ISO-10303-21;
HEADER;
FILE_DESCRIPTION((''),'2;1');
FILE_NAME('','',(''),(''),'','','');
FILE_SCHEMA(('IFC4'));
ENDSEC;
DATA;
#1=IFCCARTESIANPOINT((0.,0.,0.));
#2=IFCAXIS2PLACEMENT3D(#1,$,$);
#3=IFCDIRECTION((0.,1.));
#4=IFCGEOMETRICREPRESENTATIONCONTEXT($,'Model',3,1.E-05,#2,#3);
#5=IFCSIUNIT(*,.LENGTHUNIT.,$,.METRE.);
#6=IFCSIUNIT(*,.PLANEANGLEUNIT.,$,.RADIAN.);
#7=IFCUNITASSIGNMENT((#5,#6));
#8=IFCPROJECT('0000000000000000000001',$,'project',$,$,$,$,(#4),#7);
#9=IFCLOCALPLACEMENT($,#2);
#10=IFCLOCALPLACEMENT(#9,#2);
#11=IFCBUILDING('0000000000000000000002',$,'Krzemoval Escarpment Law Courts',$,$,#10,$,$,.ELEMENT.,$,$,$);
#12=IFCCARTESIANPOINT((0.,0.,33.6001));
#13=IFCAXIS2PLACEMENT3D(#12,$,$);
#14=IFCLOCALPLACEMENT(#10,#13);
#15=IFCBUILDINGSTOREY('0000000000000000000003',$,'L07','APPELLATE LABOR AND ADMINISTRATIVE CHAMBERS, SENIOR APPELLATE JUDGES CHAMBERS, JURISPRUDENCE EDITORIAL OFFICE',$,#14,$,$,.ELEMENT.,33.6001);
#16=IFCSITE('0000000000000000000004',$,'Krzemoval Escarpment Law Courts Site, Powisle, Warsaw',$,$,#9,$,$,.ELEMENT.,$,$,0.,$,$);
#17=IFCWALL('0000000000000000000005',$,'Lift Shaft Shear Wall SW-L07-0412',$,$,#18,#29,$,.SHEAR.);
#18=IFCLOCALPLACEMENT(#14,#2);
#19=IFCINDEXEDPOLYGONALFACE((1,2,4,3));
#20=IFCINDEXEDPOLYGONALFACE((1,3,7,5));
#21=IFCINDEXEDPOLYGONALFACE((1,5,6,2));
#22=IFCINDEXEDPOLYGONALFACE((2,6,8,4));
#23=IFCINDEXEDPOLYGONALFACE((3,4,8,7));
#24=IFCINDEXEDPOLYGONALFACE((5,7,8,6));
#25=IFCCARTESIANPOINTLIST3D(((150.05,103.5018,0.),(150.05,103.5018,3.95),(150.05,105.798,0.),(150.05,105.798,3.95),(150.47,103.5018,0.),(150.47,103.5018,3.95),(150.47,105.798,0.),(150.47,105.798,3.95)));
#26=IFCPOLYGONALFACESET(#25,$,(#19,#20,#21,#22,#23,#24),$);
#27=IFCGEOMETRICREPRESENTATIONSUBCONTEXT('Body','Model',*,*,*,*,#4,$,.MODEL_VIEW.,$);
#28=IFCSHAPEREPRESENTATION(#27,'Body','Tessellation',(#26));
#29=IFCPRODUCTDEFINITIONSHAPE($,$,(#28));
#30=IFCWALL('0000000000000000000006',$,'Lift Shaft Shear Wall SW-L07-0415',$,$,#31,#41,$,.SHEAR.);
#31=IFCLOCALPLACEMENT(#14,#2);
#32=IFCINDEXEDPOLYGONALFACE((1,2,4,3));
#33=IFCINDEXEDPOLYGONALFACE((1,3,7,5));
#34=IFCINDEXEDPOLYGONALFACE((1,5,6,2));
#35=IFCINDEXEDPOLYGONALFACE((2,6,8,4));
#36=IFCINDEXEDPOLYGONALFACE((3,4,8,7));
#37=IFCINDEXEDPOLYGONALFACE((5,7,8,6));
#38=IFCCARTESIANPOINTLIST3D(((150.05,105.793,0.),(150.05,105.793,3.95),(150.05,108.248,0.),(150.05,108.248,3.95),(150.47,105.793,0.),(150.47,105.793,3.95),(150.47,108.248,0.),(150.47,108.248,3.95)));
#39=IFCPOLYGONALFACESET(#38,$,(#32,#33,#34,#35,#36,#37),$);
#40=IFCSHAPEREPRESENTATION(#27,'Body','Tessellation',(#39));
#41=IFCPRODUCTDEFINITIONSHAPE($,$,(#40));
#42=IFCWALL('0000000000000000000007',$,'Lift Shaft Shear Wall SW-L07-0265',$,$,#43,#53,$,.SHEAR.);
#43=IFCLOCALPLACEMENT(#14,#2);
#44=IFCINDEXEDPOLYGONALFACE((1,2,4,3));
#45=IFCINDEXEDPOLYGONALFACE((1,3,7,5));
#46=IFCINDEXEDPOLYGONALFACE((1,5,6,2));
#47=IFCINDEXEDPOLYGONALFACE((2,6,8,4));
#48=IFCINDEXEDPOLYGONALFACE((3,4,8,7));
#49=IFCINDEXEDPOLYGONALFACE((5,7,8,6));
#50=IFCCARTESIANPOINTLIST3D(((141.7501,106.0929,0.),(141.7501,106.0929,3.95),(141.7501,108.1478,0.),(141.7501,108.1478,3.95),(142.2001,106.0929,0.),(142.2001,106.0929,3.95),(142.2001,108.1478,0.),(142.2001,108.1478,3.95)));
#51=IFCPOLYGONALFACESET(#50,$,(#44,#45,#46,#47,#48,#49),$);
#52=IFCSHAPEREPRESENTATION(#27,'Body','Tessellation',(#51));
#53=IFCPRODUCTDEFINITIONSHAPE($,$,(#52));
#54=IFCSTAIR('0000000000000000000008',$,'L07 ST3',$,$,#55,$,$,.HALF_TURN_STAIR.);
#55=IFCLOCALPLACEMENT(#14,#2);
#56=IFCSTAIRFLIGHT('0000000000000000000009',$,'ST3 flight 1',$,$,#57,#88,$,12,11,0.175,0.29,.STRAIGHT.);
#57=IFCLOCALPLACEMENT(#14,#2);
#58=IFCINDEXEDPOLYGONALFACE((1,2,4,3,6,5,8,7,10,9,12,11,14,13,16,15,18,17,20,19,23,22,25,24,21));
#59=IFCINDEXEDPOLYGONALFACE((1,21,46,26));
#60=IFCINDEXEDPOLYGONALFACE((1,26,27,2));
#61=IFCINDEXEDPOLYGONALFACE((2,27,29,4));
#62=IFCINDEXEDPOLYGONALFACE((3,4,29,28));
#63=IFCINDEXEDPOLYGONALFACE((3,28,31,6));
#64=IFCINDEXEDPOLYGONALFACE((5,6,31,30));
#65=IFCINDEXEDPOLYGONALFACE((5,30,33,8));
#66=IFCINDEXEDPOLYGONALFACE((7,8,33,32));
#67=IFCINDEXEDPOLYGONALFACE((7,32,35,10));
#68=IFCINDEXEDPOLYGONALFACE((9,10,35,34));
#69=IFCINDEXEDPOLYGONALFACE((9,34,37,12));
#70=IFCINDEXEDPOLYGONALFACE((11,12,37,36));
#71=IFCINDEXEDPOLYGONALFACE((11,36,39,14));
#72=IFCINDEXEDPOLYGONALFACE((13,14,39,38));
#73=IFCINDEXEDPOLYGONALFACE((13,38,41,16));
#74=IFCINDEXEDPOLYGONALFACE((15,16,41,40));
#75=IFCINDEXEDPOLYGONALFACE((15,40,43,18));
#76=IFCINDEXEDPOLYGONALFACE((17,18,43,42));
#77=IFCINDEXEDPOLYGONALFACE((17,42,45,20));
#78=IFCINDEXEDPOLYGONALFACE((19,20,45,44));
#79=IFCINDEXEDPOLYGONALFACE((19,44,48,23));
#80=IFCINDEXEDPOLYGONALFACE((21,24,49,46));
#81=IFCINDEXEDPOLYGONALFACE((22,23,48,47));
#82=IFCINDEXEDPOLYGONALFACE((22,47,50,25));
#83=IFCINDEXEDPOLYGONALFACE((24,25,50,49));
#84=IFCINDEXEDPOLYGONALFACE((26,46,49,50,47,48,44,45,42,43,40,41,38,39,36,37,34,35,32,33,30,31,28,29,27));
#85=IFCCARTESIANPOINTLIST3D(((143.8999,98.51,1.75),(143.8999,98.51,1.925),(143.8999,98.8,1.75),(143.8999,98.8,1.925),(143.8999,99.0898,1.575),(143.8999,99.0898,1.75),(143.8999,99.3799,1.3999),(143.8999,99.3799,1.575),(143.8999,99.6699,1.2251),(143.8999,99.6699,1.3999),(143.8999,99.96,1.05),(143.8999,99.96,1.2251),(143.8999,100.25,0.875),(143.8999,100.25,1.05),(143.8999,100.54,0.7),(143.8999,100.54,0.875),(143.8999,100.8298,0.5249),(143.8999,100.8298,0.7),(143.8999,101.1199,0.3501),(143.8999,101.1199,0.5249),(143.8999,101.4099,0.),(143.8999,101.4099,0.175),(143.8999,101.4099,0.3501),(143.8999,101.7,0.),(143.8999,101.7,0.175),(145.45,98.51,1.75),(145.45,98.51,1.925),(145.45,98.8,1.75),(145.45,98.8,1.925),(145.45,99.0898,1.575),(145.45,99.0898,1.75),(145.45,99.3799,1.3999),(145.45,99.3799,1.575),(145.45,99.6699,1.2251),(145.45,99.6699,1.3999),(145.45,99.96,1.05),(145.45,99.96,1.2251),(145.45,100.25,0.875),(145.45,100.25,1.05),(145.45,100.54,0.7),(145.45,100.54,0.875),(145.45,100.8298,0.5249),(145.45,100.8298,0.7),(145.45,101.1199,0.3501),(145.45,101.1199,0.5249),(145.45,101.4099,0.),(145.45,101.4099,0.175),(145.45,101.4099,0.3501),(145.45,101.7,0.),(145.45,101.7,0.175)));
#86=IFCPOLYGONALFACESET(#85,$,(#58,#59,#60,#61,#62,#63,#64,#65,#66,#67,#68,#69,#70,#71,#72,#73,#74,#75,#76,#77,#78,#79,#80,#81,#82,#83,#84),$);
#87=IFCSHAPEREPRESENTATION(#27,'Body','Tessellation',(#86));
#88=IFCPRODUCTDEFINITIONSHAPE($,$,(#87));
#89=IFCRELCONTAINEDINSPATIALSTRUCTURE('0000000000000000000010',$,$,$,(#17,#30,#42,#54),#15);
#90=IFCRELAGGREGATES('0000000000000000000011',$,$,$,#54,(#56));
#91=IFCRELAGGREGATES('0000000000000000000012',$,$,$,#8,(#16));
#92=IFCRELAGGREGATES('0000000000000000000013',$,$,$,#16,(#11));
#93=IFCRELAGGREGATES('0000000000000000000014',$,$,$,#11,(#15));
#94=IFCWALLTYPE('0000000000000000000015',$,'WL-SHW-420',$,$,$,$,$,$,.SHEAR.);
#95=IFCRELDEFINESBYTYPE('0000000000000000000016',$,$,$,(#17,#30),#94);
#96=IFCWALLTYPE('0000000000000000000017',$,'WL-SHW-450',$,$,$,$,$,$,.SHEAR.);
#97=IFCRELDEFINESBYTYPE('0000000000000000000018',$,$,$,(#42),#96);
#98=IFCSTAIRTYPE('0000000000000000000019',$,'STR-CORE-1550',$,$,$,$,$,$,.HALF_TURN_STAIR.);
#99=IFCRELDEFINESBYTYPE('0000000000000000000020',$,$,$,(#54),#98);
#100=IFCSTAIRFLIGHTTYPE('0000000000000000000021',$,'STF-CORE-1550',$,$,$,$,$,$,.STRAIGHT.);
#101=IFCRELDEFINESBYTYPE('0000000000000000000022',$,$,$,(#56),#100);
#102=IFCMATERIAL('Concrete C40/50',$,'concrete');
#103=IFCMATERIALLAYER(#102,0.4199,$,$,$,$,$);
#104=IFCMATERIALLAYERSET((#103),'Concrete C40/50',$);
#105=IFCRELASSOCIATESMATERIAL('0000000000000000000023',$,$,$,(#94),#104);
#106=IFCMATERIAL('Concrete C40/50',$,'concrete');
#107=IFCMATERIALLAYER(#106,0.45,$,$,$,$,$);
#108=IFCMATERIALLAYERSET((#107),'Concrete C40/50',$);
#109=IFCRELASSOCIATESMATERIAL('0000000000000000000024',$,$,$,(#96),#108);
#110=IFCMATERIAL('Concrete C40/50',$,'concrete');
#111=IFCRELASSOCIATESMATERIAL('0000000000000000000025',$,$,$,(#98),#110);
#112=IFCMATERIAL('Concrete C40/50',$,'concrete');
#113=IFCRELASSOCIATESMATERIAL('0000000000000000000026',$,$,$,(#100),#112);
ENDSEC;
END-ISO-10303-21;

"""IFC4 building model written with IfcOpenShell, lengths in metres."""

from ifc_helpers import new_model, si_unit, direction, frame, frame_2d, origin, place, context, subcontext, project, spatial, polyline, rectangle, outline, extrude, material, layer, layer_set, type_object, element, aggregate, save


model = new_model("IFC4")

# Units and contexts
model_context = context("Model", 3, precision=1e-05, world=origin(), true_north=direction((0.0, 1.0)))
body_context = subcontext(model_context, "Body", "Model", "MODEL_VIEW")
ifc_project = project(units=[si_unit("LENGTHUNIT", "METRE"), si_unit("PLANEANGLEUNIT", "RADIAN")], contexts=[model_context])

# Site, building, storey
site_placement = place(None, origin())
site = spatial("IfcSite", under=ifc_project, at=site_placement, Name="Krzemoval Escarpment Law Courts Site, Powisle, Warsaw", CompositionType="ELEMENT", RefElevation=0.0)
building_placement = place(site_placement, origin())
building = spatial("IfcBuilding", under=site, at=building_placement, Name="Krzemoval Escarpment Law Courts", CompositionType="ELEMENT")
storey_placement = place(building_placement, frame((0.0, 0.0, 33.6001)))
storey = spatial("IfcBuildingStorey", under=building, at=storey_placement, Name="L07", Description="APPELLATE LABOR AND ADMINISTRATIVE CHAMBERS, SENIOR APPELLATE JUDGES CHAMBERS, JURISPRUDENCE EDITORIAL OFFICE", CompositionType="ELEMENT", Elevation=33.6001)

# Shared definitions
ifc_material_1 = material(Name="Concrete C40/50", Category="concrete")
ifc_layer_1 = layer(ifc_material_1, 0.4199)
ifc_layer_set_1 = layer_set([ifc_layer_1], Name="Concrete C40/50")
wall_type_1 = type_object("IfcWallType", Name="WL-SHW-420", PredefinedType="SHEAR", material=ifc_layer_set_1)

# Wall
wall_1_placement = place(storey_placement, frame((150.26, 103.502, 0.0), z_axis=(0.0, 0.0, 1.0), x_axis=(0.0, 1.0, 0.0)))
element("IfcWall", 1, at=wall_1_placement, inside=storey, type_object=wall_type_1, Name="Lift Shaft Shear Wall SW-L07-0412", PredefinedType="SHEAR", context=body_context, shape_type="SweptSolid", body=[
    extrude(rectangle(XDim=2.2961, YDim=0.4199, at=frame_2d((1.1479, 0.0))), origin(), (0.0, 0.0, 1.0), 3.95),
])

# Walls
wall_2_placement = place(storey_placement, frame((150.26, 105.793, 0.0), z_axis=(0.0, 0.0, 1.0), x_axis=(0.0, 1.0, 0.0)))
element("IfcWall", 2, at=wall_2_placement, inside=storey, type_object=wall_type_1, Name="Lift Shaft Shear Wall SW-L07-0415", PredefinedType="SHEAR", context=body_context, shape_type="SweptSolid", body=[
    extrude(rectangle(XDim=2.4551, YDim=0.4199, at=frame_2d((1.2275, 0.0))), origin(), (0.0, 0.0, 1.0), 3.95),
])
ifc_material_2 = material(Name="Concrete C40/50", Category="concrete")
ifc_layer_2 = layer(ifc_material_2, 0.45)
ifc_layer_set_2 = layer_set([ifc_layer_2], Name="Concrete C40/50")
wall_type_2 = type_object("IfcWallType", Name="WL-SHW-450", PredefinedType="SHEAR", material=ifc_layer_set_2)
wall_3_placement = place(storey_placement, frame((141.9751, 106.093, 0.0), z_axis=(0.0, 0.0, 1.0), x_axis=(0.0, 1.0, 0.0)))
element("IfcWall", 3, at=wall_3_placement, inside=storey, type_object=wall_type_2, Name="Lift Shaft Shear Wall SW-L07-0265", PredefinedType="SHEAR", context=body_context, shape_type="SweptSolid", body=[
    extrude(rectangle(XDim=2.0549, YDim=0.45, at=frame_2d((1.0273, 0.0))), origin(), (0.0, 0.0, 1.0), 3.95),
])

# Stair, stair flight
ifc_material_3 = material(Name="Concrete C40/50", Category="concrete")
stair_type = type_object("IfcStairType", Name="STR-CORE-1550", PredefinedType="HALF_TURN_STAIR", material=ifc_material_3)
stair_placement = place(storey_placement, origin())
stair = element("IfcStair", 4, at=stair_placement, inside=storey, type_object=stair_type, Name="L07 ST3", PredefinedType="HALF_TURN_STAIR")
ifc_material_4 = material(Name="Concrete C40/50", Category="concrete")
stair_flight_type = type_object("IfcStairFlightType", Name="STF-CORE-1550", PredefinedType="STRAIGHT", material=ifc_material_4)
stair_flight_placement = place(storey_placement, frame((144.675, 101.7, 0.0), z_axis=(0.0, 0.0, 1.0), x_axis=(0.0, -1.0, 0.0)))
stair_flight = element("IfcStairFlight", 5, at=stair_flight_placement, type_object=stair_flight_type, Name="ST3 flight 1", NumberOfRisers=12, NumberOfTreads=11, PredefinedType="STRAIGHT", RiserHeight=0.175, TreadLength=0.29, context=body_context, shape_type="SweptSolid", body=[
    extrude(outline(polyline([(0.0, 0.0), (0.0, 0.175), (0.29, 0.175), (0.29, 0.3501), (0.5801, 0.3501), (0.5801, 0.5249), (0.8701, 0.5249), (0.8701, 0.7), (1.1599, 0.7), (1.1599, 0.875), (1.45, 0.875), (1.45, 1.05), (1.74, 1.05), (1.74, 1.2251), (2.03, 1.2251), (2.03, 1.3999), (2.3201, 1.3999), (2.3201, 1.575), (2.6101, 1.575), (2.6101, 1.75), (2.8999, 1.75), (2.8999, 1.925), (3.1899, 1.925), (3.1899, 2.1001), (3.1899, 1.75), (0.29, 0.0), (0.0, 0.0)])), frame((0.0, 0.7749, 0.0), z_axis=(0.0, -1.0, 0.0), x_axis=(1.0, 0.0, 0.0)), (0.0, 0.0, 1.0), 1.55),
])
aggregate(stair, [stair_flight])

save(model, "model.ifc")
